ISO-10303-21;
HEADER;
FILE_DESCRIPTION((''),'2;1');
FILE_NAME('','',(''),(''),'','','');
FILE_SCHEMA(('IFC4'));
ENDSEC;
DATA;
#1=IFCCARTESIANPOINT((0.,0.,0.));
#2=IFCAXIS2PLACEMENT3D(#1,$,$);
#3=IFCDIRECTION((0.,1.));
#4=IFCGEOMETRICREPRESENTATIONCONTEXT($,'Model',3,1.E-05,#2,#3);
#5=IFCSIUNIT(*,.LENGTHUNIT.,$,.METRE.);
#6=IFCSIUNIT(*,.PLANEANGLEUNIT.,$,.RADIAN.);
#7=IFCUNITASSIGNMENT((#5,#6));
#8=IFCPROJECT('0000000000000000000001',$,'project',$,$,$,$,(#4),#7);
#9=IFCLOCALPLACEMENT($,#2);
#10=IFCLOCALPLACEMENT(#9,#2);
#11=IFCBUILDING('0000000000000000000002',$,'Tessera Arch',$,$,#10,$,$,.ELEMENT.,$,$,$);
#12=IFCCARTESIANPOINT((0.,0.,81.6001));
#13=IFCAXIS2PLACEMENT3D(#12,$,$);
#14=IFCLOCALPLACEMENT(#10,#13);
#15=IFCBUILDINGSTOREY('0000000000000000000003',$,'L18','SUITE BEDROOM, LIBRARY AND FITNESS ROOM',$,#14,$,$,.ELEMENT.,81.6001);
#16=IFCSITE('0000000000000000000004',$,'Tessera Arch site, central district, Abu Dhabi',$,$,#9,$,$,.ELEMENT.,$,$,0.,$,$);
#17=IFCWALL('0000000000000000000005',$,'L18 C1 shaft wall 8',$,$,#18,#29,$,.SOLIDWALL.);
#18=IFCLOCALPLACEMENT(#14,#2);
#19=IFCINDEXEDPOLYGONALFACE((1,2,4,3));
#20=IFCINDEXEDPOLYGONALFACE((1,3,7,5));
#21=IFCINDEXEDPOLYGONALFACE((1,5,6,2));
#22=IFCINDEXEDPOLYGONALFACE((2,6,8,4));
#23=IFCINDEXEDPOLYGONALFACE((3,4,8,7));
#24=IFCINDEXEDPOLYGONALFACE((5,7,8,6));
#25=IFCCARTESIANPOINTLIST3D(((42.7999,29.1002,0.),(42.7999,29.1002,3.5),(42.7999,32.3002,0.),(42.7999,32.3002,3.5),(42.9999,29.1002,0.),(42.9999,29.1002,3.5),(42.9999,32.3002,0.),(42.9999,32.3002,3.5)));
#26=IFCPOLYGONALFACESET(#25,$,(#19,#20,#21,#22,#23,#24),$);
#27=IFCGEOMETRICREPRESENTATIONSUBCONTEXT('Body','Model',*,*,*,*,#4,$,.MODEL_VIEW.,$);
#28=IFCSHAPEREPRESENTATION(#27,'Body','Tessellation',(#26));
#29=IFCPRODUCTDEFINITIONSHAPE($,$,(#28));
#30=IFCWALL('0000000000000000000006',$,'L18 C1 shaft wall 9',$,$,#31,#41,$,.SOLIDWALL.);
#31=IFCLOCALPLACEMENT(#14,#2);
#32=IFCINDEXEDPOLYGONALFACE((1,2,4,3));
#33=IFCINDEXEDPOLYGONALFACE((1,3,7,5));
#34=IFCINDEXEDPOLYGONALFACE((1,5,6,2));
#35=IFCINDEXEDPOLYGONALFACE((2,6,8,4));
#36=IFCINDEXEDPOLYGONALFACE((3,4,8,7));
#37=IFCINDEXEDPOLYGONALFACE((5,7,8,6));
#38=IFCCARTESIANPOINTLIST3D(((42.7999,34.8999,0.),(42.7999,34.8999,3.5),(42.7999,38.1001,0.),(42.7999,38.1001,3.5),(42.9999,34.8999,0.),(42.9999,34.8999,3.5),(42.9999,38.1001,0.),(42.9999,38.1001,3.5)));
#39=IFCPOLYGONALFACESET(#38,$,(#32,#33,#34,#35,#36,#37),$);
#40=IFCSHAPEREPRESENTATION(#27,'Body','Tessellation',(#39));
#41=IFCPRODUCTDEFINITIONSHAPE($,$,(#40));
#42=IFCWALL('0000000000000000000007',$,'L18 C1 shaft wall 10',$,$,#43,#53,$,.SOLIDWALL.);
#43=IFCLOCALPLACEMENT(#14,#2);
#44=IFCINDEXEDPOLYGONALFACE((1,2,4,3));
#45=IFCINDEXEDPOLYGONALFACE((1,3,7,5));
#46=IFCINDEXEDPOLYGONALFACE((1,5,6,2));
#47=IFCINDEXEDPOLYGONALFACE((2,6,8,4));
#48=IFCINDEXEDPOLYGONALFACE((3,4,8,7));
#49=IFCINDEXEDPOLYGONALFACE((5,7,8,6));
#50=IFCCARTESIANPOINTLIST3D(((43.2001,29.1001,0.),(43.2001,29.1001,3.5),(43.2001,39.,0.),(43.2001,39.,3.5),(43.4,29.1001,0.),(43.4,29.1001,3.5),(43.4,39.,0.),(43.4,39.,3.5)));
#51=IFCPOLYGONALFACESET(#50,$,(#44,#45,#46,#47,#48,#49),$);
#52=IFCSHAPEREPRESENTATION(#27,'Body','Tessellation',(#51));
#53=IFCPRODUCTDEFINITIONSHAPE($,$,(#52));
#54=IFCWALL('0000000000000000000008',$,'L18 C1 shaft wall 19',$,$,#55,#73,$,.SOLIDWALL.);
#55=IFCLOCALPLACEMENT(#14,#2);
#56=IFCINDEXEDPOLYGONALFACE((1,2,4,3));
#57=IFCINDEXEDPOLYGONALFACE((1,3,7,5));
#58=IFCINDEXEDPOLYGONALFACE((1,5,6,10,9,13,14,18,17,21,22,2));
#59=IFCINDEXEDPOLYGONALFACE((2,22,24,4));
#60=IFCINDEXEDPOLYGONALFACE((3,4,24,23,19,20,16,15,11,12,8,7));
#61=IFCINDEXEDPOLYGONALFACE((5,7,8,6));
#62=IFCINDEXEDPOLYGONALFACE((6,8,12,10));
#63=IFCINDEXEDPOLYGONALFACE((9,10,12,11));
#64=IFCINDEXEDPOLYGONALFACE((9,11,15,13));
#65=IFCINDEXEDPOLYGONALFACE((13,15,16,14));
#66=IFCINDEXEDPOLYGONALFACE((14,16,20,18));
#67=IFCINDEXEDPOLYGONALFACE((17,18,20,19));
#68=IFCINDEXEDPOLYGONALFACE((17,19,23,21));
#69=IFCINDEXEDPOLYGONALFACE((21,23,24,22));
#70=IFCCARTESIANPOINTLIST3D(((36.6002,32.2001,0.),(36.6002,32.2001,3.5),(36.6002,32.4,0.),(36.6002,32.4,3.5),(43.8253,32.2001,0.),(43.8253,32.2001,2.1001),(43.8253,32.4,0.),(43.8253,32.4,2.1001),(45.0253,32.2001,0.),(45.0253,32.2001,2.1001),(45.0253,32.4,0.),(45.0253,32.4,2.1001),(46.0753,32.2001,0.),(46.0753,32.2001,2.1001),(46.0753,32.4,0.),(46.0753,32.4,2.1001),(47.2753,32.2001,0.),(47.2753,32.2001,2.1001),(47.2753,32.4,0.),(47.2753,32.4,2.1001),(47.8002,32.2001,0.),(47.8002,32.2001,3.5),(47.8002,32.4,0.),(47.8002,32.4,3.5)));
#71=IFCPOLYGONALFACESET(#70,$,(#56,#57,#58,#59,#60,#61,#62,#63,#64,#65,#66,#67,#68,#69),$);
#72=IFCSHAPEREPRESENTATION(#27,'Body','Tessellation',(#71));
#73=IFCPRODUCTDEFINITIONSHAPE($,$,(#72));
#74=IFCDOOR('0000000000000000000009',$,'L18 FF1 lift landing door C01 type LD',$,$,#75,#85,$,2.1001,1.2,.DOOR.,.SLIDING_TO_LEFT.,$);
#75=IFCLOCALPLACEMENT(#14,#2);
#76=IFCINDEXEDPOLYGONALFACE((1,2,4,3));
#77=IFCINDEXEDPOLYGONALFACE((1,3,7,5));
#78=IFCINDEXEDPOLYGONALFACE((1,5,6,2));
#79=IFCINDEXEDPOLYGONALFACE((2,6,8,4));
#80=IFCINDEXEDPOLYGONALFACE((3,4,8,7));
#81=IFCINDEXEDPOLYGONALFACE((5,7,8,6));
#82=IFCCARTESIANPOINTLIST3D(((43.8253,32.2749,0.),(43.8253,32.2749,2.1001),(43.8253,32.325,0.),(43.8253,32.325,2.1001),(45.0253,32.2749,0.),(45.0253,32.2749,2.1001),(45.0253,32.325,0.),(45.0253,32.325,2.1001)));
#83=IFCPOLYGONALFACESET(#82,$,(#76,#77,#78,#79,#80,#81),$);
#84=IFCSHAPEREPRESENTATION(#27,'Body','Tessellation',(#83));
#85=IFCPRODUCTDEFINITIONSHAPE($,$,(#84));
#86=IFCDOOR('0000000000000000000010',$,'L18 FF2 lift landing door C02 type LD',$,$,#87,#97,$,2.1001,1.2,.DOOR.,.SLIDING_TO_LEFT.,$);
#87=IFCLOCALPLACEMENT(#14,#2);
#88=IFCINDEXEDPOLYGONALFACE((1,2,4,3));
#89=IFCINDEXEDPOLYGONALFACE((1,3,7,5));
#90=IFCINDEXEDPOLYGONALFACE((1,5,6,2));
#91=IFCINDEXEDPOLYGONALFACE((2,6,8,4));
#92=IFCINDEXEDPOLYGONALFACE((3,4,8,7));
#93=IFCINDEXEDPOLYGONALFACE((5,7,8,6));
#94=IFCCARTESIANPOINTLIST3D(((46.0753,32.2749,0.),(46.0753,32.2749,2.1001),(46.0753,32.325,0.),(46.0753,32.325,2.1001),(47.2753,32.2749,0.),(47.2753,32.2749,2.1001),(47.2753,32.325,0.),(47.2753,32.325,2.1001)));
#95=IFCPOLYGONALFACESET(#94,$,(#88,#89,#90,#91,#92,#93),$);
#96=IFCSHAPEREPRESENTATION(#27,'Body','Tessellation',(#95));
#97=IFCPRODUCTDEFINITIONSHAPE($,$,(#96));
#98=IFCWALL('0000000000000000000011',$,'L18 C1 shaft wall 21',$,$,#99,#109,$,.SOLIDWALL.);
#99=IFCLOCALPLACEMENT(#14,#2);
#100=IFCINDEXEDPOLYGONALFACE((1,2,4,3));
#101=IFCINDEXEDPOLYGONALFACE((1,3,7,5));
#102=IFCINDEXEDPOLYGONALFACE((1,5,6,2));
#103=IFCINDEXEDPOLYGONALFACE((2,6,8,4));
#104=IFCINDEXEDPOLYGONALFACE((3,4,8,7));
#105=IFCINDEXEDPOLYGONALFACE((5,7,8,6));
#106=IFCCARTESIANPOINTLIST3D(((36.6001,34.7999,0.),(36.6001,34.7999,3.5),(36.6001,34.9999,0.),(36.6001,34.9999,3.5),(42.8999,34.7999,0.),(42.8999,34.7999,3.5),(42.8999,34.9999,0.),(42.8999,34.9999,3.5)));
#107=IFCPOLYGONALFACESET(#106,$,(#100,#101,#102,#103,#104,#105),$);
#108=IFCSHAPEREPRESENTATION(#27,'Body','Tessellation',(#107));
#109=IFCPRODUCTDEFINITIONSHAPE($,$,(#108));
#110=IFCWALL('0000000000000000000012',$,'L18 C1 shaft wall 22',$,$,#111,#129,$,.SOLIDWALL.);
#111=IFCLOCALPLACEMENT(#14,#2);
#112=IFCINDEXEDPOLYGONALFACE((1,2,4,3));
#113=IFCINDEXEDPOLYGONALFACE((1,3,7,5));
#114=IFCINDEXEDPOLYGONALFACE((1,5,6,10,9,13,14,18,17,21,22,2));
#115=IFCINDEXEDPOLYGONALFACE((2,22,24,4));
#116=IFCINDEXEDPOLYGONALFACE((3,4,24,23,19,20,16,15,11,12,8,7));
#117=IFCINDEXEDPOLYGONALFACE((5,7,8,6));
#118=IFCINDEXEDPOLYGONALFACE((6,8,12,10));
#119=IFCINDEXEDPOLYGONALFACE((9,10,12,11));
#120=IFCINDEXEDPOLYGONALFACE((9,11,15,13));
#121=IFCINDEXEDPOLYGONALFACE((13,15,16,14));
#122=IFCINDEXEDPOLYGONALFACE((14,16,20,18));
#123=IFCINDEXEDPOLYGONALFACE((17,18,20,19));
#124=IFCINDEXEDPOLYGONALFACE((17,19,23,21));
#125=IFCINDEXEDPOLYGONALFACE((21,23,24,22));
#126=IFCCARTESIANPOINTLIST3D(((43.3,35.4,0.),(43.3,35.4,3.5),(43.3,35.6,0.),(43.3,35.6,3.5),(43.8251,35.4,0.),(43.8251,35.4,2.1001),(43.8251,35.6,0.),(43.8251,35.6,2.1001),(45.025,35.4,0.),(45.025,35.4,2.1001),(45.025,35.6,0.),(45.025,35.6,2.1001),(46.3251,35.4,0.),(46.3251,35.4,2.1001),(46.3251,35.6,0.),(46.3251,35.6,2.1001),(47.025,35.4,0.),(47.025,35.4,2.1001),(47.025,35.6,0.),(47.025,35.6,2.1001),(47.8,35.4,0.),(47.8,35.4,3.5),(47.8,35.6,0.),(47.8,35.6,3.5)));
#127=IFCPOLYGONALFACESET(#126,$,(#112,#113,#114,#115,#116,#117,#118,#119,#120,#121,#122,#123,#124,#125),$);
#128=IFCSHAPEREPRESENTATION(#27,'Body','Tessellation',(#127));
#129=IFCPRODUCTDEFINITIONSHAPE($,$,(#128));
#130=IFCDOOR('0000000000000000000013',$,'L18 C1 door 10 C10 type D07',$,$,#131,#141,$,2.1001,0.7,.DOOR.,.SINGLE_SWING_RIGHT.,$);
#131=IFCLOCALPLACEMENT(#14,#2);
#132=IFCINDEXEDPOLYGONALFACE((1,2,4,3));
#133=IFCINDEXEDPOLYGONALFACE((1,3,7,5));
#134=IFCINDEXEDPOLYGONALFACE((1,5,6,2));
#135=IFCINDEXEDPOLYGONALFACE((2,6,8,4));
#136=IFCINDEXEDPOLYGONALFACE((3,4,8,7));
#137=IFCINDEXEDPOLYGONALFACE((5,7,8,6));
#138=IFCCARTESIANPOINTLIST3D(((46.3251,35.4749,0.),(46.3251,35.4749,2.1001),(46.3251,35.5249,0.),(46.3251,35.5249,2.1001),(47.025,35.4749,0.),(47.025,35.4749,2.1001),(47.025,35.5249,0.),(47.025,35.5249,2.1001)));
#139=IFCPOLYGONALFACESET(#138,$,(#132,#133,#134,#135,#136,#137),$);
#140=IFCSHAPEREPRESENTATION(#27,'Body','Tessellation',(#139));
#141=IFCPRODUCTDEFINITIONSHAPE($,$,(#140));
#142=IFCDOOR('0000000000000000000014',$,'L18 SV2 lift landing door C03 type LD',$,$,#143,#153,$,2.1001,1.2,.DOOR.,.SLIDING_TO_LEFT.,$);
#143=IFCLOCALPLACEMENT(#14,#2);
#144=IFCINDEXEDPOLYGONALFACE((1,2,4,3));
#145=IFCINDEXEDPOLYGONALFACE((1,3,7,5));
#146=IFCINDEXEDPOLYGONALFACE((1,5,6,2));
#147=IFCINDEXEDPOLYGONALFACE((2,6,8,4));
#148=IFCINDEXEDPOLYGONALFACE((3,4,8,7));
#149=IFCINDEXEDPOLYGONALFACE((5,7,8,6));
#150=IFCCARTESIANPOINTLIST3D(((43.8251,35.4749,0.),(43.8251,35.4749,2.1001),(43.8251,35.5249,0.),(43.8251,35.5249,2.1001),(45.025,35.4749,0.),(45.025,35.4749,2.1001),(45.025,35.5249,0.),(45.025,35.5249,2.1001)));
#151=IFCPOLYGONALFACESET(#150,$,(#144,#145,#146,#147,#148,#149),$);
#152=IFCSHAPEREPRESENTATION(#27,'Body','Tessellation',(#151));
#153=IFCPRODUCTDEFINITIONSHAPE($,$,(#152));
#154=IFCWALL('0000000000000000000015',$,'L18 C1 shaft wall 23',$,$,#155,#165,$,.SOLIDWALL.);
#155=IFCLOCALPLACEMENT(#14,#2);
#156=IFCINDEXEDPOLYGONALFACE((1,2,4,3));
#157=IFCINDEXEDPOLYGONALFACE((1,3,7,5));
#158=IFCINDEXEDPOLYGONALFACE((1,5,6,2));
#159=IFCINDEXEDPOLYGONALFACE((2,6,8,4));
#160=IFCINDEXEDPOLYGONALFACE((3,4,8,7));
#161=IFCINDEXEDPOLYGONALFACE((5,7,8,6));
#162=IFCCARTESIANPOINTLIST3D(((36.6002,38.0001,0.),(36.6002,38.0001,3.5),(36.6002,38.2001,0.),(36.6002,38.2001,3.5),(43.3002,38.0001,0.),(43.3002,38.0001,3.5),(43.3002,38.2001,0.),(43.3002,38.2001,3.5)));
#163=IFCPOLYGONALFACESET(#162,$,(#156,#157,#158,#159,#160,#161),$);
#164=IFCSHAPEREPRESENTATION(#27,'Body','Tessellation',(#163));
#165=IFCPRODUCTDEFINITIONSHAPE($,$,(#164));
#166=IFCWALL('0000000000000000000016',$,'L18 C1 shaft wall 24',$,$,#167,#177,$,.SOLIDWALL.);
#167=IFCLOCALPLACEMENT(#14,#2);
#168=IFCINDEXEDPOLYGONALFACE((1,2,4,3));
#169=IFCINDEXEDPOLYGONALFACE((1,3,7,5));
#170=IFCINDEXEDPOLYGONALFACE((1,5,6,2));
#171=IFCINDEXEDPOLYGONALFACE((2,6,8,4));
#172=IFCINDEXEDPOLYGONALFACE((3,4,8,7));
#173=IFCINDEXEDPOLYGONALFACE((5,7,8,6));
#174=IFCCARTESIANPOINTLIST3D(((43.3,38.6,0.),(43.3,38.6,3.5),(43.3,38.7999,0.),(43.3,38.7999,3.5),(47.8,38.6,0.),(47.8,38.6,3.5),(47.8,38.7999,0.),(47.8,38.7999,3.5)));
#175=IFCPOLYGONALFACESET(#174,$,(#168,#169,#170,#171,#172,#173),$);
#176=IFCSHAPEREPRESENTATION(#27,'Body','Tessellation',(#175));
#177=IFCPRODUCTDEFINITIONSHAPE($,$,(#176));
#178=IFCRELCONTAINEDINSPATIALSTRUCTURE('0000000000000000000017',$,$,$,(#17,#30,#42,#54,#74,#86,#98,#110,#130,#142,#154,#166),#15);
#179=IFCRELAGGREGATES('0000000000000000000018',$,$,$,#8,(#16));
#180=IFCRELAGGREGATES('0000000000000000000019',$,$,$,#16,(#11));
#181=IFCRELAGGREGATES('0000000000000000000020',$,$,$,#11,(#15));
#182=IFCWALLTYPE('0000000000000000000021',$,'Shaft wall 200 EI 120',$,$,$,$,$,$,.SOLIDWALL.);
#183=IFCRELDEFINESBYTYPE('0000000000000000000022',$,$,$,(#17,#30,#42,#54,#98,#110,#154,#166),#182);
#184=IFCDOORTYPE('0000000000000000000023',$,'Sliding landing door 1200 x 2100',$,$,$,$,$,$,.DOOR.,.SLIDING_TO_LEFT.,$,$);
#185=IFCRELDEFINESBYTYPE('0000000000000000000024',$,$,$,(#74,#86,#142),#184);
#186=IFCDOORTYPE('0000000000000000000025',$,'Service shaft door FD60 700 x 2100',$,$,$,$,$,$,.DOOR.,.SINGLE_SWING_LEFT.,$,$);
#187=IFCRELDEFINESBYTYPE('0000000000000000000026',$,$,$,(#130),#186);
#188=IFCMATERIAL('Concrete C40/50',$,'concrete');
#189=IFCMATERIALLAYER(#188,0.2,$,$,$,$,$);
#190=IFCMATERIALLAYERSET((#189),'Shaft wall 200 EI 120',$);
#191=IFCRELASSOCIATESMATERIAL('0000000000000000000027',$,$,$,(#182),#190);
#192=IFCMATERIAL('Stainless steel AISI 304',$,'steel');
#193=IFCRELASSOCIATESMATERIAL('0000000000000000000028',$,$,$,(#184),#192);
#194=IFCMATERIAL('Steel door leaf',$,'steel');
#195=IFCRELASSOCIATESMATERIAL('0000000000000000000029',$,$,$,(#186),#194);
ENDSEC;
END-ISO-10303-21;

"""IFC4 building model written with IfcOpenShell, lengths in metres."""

from ifc_helpers import new_model, si_unit, direction, frame, frame_2d, origin, place, context, subcontext, project, spatial, rectangle, extrude, material, layer, layer_set, type_object, element, fill, save


model = new_model("IFC4")

# Units and contexts
model_context = context("Model", 3, precision=1e-05, world=origin(), true_north=direction((0.0, 1.0)))
body_context = subcontext(model_context, "Body", "Model", "MODEL_VIEW")
ifc_project = project(units=[si_unit("LENGTHUNIT", "METRE"), si_unit("PLANEANGLEUNIT", "RADIAN")], contexts=[model_context])

# Site, building, storey
site_placement = place(None, origin())
site = spatial("IfcSite", under=ifc_project, at=site_placement, Name="Tessera Arch site, central district, Abu Dhabi", CompositionType="ELEMENT", RefElevation=0.0)
building_placement = place(site_placement, origin())
building = spatial("IfcBuilding", under=site, at=building_placement, Name="Tessera Arch", CompositionType="ELEMENT")
storey_placement = place(building_placement, frame((0.0, 0.0, 81.6001)))
storey = spatial("IfcBuildingStorey", under=building, at=storey_placement, Name="L18", Description="SUITE BEDROOM, LIBRARY AND FITNESS ROOM", CompositionType="ELEMENT", Elevation=81.6001)

# Walls
ifc_material_1 = material(Name="Concrete C40/50", Category="concrete")
ifc_layer_1 = layer(ifc_material_1, 0.2)
ifc_layer_set_1 = layer_set([ifc_layer_1], Name="Shaft wall 200 EI 120")
wall_type_1 = type_object("IfcWallType", Name="Shaft wall 200 EI 120", PredefinedType="SOLIDWALL", material=ifc_layer_set_1)
wall_1_placement = place(storey_placement, frame((42.8999, 29.1001, 0.0), z_axis=(0.0, 0.0, 1.0), x_axis=(0.0, 1.0, 0.0)))
element("IfcWall", 1, at=wall_1_placement, inside=storey, type_object=wall_type_1, Name="L18 C1 shaft wall 8", PredefinedType="SOLIDWALL", context=body_context, shape_type="SweptSolid", body=[
    extrude(rectangle(XDim=3.2, YDim=0.2, at=frame_2d((1.6001, 0.0))), origin(), (0.0, 0.0, 1.0), 3.5),
])
wall_2_placement = place(storey_placement, frame((42.8999, 34.8999, 0.0), z_axis=(0.0, 0.0, 1.0), x_axis=(0.0, 1.0, 0.0)))
element("IfcWall", 2, at=wall_2_placement, inside=storey, type_object=wall_type_1, Name="L18 C1 shaft wall 9", PredefinedType="SOLIDWALL", context=body_context, shape_type="SweptSolid", body=[
    extrude(rectangle(XDim=3.2002, YDim=0.2, at=frame_2d((1.6001, 0.0))), origin(), (0.0, 0.0, 1.0), 3.5),
])
wall_3_placement = place(storey_placement, frame((43.3, 29.1001, 0.0), z_axis=(0.0, 0.0, 1.0), x_axis=(0.0, 1.0, 0.0)))
element("IfcWall", 3, at=wall_3_placement, inside=storey, type_object=wall_type_1, Name="L18 C1 shaft wall 10", PredefinedType="SOLIDWALL", context=body_context, shape_type="SweptSolid", body=[
    extrude(rectangle(XDim=9.8999, YDim=0.2, at=frame_2d((4.95, 0.0))), origin(), (0.0, 0.0, 1.0), 3.5),
])

# Wall, openings, doors
wall_4_placement = place(storey_placement, frame((36.6001, 32.3, 0.0), z_axis=(0.0, 0.0, 1.0), x_axis=(1.0, 0.0, 0.0)))
wall_4 = element("IfcWall", 4, at=wall_4_placement, inside=storey, type_object=wall_type_1, Name="L18 C1 shaft wall 19", PredefinedType="SOLIDWALL", context=body_context, shape_type="SweptSolid", body=[
    extrude(rectangle(XDim=11.2, YDim=0.2, at=frame_2d((5.6001, 0.0))), origin(), (0.0, 0.0, 1.0), 3.5),
])
opening_1_placement = place(wall_4_placement, frame((7.2251, 0.0, 0.0)))
opening_1 = element("IfcOpeningElement", 5, at=opening_1_placement, cuts=wall_4, PredefinedType="OPENING", context=body_context, shape_type="SweptSolid", body=[
    extrude(rectangle(XDim=1.2, YDim=2.1001, at=frame_2d((0.6001, 1.05))), frame((0.0, 0.1099, 0.0), z_axis=(0.0, -1.0, 0.0), x_axis=(1.0, 0.0, 0.0)), (0.0, 0.0, 1.0), 0.22),
])
opening_2_placement = place(wall_4_placement, frame((9.4751, 0.0, 0.0)))
opening_2 = element("IfcOpeningElement", 6, at=opening_2_placement, cuts=wall_4, PredefinedType="OPENING", context=body_context, shape_type="SweptSolid", body=[
    extrude(rectangle(XDim=1.2, YDim=2.1001, at=frame_2d((0.6001, 1.05))), frame((0.0, 0.1099, 0.0), z_axis=(0.0, -1.0, 0.0), x_axis=(1.0, 0.0, 0.0)), (0.0, 0.0, 1.0), 0.22),
])
ifc_material_2 = material(Name="Stainless steel AISI 304", Category="steel")
door_type_1 = type_object("IfcDoorType", Name="Sliding landing door 1200 x 2100", OperationType="SLIDING_TO_LEFT", PredefinedType="DOOR", material=ifc_material_2)
door_1_placement = place(opening_1_placement, origin())
door_1 = element("IfcDoor", 7, at=door_1_placement, inside=storey, type_object=door_type_1, Name="L18 FF1 lift landing door C01 type LD", OperationType="SLIDING_TO_LEFT", OverallHeight=2.1001, OverallWidth=1.2, PredefinedType="DOOR", context=body_context, shape_type="SweptSolid", body=[
    extrude(rectangle(XDim=1.2, YDim=2.1001, at=frame_2d((0.6001, 1.05))), frame((0.0, 0.0249, 0.0), z_axis=(0.0, -1.0, 0.0), x_axis=(1.0, 0.0, 0.0)), (0.0, 0.0, 1.0), 0.05),
])
fill(opening_1, door_1)
door_2_placement = place(opening_2_placement, origin())
door_2 = element("IfcDoor", 8, at=door_2_placement, inside=storey, type_object=door_type_1, Name="L18 FF2 lift landing door C02 type LD", OperationType="SLIDING_TO_LEFT", OverallHeight=2.1001, OverallWidth=1.2, PredefinedType="DOOR", context=body_context, shape_type="SweptSolid", body=[
    extrude(rectangle(XDim=1.2, YDim=2.1001, at=frame_2d((0.6001, 1.05))), frame((0.0, 0.0249, 0.0), z_axis=(0.0, -1.0, 0.0), x_axis=(1.0, 0.0, 0.0)), (0.0, 0.0, 1.0), 0.05),
])
fill(opening_2, door_2)

# Wall
wall_5_placement = place(storey_placement, frame((36.6001, 34.8999, 0.0), z_axis=(0.0, 0.0, 1.0), x_axis=(1.0, 0.0, 0.0)))
element("IfcWall", 9, at=wall_5_placement, inside=storey, type_object=wall_type_1, Name="L18 C1 shaft wall 21", PredefinedType="SOLIDWALL", context=body_context, shape_type="SweptSolid", body=[
    extrude(rectangle(XDim=6.2998, YDim=0.2, at=frame_2d((3.1499, 0.0))), origin(), (0.0, 0.0, 1.0), 3.5),
])

# Wall, openings, doors
wall_6_placement = place(storey_placement, frame((43.3, 35.5, 0.0), z_axis=(0.0, 0.0, 1.0), x_axis=(1.0, 0.0, 0.0)))
wall_6 = element("IfcWall", 10, at=wall_6_placement, inside=storey, type_object=wall_type_1, Name="L18 C1 shaft wall 22", PredefinedType="SOLIDWALL", context=body_context, shape_type="SweptSolid", body=[
    extrude(rectangle(XDim=4.5, YDim=0.2, at=frame_2d((2.25, 0.0))), origin(), (0.0, 0.0, 1.0), 3.5),
])
opening_3_placement = place(wall_6_placement, frame((0.5249, 0.0, 0.0)))
opening_3 = element("IfcOpeningElement", 11, at=opening_3_placement, cuts=wall_6, PredefinedType="OPENING", context=body_context, shape_type="SweptSolid", body=[
    extrude(rectangle(XDim=1.2, YDim=2.1001, at=frame_2d((0.6001, 1.05))), frame((0.0, 0.1099, 0.0), z_axis=(0.0, -1.0, 0.0), x_axis=(1.0, 0.0, 0.0)), (0.0, 0.0, 1.0), 0.22),
])
opening_4_placement = place(wall_6_placement, frame((3.0249, 0.0, 0.0)))
opening_4 = element("IfcOpeningElement", 12, at=opening_4_placement, cuts=wall_6, PredefinedType="OPENING", context=body_context, shape_type="SweptSolid", body=[
    extrude(rectangle(XDim=0.7, YDim=2.1001, at=frame_2d((0.3501, 1.05))), frame((0.0, 0.1099, 0.0), z_axis=(0.0, -1.0, 0.0), x_axis=(1.0, 0.0, 0.0)), (0.0, 0.0, 1.0), 0.22),
])
ifc_material_3 = material(Name="Steel door leaf", Category="steel")
door_type_2 = type_object("IfcDoorType", Name="Service shaft door FD60 700 x 2100", OperationType="SINGLE_SWING_LEFT", PredefinedType="DOOR", material=ifc_material_3)
door_3_placement = place(opening_4_placement, origin())
door_3 = element("IfcDoor", 13, at=door_3_placement, inside=storey, type_object=door_type_2, Name="L18 C1 door 10 C10 type D07", OperationType="SINGLE_SWING_RIGHT", OverallHeight=2.1001, OverallWidth=0.7, PredefinedType="DOOR", context=body_context, shape_type="SweptSolid", body=[
    extrude(rectangle(XDim=0.7, YDim=2.1001, at=frame_2d((0.3501, 1.05))), frame((0.0, 0.0249, 0.0), z_axis=(0.0, -1.0, 0.0), x_axis=(1.0, 0.0, 0.0)), (0.0, 0.0, 1.0), 0.05),
])
fill(opening_4, door_3)
door_4_placement = place(opening_3_placement, origin())
door_4 = element("IfcDoor", 14, at=door_4_placement, inside=storey, type_object=door_type_1, Name="L18 SV2 lift landing door C03 type LD", OperationType="SLIDING_TO_LEFT", OverallHeight=2.1001, OverallWidth=1.2, PredefinedType="DOOR", context=body_context, shape_type="SweptSolid", body=[
    extrude(rectangle(XDim=1.2, YDim=2.1001, at=frame_2d((0.6001, 1.05))), frame((0.0, 0.0249, 0.0), z_axis=(0.0, -1.0, 0.0), x_axis=(1.0, 0.0, 0.0)), (0.0, 0.0, 1.0), 0.05),
])
fill(opening_3, door_4)

# Walls
wall_7_placement = place(storey_placement, frame((36.6001, 38.1001, 0.0), z_axis=(0.0, 0.0, 1.0), x_axis=(1.0, 0.0, 0.0)))
element("IfcWall", 15, at=wall_7_placement, inside=storey, type_object=wall_type_1, Name="L18 C1 shaft wall 23", PredefinedType="SOLIDWALL", context=body_context, shape_type="SweptSolid", body=[
    extrude(rectangle(XDim=6.7, YDim=0.2, at=frame_2d((3.3501, 0.0))), origin(), (0.0, 0.0, 1.0), 3.5),
])
wall_8_placement = place(storey_placement, frame((43.3, 38.7, 0.0), z_axis=(0.0, 0.0, 1.0), x_axis=(1.0, 0.0, 0.0)))
element("IfcWall", 16, at=wall_8_placement, inside=storey, type_object=wall_type_1, Name="L18 C1 shaft wall 24", PredefinedType="SOLIDWALL", context=body_context, shape_type="SweptSolid", body=[
    extrude(rectangle(XDim=4.5, YDim=0.2, at=frame_2d((2.25, 0.0))), origin(), (0.0, 0.0, 1.0), 3.5),
])

save(model, "model.ifc")
